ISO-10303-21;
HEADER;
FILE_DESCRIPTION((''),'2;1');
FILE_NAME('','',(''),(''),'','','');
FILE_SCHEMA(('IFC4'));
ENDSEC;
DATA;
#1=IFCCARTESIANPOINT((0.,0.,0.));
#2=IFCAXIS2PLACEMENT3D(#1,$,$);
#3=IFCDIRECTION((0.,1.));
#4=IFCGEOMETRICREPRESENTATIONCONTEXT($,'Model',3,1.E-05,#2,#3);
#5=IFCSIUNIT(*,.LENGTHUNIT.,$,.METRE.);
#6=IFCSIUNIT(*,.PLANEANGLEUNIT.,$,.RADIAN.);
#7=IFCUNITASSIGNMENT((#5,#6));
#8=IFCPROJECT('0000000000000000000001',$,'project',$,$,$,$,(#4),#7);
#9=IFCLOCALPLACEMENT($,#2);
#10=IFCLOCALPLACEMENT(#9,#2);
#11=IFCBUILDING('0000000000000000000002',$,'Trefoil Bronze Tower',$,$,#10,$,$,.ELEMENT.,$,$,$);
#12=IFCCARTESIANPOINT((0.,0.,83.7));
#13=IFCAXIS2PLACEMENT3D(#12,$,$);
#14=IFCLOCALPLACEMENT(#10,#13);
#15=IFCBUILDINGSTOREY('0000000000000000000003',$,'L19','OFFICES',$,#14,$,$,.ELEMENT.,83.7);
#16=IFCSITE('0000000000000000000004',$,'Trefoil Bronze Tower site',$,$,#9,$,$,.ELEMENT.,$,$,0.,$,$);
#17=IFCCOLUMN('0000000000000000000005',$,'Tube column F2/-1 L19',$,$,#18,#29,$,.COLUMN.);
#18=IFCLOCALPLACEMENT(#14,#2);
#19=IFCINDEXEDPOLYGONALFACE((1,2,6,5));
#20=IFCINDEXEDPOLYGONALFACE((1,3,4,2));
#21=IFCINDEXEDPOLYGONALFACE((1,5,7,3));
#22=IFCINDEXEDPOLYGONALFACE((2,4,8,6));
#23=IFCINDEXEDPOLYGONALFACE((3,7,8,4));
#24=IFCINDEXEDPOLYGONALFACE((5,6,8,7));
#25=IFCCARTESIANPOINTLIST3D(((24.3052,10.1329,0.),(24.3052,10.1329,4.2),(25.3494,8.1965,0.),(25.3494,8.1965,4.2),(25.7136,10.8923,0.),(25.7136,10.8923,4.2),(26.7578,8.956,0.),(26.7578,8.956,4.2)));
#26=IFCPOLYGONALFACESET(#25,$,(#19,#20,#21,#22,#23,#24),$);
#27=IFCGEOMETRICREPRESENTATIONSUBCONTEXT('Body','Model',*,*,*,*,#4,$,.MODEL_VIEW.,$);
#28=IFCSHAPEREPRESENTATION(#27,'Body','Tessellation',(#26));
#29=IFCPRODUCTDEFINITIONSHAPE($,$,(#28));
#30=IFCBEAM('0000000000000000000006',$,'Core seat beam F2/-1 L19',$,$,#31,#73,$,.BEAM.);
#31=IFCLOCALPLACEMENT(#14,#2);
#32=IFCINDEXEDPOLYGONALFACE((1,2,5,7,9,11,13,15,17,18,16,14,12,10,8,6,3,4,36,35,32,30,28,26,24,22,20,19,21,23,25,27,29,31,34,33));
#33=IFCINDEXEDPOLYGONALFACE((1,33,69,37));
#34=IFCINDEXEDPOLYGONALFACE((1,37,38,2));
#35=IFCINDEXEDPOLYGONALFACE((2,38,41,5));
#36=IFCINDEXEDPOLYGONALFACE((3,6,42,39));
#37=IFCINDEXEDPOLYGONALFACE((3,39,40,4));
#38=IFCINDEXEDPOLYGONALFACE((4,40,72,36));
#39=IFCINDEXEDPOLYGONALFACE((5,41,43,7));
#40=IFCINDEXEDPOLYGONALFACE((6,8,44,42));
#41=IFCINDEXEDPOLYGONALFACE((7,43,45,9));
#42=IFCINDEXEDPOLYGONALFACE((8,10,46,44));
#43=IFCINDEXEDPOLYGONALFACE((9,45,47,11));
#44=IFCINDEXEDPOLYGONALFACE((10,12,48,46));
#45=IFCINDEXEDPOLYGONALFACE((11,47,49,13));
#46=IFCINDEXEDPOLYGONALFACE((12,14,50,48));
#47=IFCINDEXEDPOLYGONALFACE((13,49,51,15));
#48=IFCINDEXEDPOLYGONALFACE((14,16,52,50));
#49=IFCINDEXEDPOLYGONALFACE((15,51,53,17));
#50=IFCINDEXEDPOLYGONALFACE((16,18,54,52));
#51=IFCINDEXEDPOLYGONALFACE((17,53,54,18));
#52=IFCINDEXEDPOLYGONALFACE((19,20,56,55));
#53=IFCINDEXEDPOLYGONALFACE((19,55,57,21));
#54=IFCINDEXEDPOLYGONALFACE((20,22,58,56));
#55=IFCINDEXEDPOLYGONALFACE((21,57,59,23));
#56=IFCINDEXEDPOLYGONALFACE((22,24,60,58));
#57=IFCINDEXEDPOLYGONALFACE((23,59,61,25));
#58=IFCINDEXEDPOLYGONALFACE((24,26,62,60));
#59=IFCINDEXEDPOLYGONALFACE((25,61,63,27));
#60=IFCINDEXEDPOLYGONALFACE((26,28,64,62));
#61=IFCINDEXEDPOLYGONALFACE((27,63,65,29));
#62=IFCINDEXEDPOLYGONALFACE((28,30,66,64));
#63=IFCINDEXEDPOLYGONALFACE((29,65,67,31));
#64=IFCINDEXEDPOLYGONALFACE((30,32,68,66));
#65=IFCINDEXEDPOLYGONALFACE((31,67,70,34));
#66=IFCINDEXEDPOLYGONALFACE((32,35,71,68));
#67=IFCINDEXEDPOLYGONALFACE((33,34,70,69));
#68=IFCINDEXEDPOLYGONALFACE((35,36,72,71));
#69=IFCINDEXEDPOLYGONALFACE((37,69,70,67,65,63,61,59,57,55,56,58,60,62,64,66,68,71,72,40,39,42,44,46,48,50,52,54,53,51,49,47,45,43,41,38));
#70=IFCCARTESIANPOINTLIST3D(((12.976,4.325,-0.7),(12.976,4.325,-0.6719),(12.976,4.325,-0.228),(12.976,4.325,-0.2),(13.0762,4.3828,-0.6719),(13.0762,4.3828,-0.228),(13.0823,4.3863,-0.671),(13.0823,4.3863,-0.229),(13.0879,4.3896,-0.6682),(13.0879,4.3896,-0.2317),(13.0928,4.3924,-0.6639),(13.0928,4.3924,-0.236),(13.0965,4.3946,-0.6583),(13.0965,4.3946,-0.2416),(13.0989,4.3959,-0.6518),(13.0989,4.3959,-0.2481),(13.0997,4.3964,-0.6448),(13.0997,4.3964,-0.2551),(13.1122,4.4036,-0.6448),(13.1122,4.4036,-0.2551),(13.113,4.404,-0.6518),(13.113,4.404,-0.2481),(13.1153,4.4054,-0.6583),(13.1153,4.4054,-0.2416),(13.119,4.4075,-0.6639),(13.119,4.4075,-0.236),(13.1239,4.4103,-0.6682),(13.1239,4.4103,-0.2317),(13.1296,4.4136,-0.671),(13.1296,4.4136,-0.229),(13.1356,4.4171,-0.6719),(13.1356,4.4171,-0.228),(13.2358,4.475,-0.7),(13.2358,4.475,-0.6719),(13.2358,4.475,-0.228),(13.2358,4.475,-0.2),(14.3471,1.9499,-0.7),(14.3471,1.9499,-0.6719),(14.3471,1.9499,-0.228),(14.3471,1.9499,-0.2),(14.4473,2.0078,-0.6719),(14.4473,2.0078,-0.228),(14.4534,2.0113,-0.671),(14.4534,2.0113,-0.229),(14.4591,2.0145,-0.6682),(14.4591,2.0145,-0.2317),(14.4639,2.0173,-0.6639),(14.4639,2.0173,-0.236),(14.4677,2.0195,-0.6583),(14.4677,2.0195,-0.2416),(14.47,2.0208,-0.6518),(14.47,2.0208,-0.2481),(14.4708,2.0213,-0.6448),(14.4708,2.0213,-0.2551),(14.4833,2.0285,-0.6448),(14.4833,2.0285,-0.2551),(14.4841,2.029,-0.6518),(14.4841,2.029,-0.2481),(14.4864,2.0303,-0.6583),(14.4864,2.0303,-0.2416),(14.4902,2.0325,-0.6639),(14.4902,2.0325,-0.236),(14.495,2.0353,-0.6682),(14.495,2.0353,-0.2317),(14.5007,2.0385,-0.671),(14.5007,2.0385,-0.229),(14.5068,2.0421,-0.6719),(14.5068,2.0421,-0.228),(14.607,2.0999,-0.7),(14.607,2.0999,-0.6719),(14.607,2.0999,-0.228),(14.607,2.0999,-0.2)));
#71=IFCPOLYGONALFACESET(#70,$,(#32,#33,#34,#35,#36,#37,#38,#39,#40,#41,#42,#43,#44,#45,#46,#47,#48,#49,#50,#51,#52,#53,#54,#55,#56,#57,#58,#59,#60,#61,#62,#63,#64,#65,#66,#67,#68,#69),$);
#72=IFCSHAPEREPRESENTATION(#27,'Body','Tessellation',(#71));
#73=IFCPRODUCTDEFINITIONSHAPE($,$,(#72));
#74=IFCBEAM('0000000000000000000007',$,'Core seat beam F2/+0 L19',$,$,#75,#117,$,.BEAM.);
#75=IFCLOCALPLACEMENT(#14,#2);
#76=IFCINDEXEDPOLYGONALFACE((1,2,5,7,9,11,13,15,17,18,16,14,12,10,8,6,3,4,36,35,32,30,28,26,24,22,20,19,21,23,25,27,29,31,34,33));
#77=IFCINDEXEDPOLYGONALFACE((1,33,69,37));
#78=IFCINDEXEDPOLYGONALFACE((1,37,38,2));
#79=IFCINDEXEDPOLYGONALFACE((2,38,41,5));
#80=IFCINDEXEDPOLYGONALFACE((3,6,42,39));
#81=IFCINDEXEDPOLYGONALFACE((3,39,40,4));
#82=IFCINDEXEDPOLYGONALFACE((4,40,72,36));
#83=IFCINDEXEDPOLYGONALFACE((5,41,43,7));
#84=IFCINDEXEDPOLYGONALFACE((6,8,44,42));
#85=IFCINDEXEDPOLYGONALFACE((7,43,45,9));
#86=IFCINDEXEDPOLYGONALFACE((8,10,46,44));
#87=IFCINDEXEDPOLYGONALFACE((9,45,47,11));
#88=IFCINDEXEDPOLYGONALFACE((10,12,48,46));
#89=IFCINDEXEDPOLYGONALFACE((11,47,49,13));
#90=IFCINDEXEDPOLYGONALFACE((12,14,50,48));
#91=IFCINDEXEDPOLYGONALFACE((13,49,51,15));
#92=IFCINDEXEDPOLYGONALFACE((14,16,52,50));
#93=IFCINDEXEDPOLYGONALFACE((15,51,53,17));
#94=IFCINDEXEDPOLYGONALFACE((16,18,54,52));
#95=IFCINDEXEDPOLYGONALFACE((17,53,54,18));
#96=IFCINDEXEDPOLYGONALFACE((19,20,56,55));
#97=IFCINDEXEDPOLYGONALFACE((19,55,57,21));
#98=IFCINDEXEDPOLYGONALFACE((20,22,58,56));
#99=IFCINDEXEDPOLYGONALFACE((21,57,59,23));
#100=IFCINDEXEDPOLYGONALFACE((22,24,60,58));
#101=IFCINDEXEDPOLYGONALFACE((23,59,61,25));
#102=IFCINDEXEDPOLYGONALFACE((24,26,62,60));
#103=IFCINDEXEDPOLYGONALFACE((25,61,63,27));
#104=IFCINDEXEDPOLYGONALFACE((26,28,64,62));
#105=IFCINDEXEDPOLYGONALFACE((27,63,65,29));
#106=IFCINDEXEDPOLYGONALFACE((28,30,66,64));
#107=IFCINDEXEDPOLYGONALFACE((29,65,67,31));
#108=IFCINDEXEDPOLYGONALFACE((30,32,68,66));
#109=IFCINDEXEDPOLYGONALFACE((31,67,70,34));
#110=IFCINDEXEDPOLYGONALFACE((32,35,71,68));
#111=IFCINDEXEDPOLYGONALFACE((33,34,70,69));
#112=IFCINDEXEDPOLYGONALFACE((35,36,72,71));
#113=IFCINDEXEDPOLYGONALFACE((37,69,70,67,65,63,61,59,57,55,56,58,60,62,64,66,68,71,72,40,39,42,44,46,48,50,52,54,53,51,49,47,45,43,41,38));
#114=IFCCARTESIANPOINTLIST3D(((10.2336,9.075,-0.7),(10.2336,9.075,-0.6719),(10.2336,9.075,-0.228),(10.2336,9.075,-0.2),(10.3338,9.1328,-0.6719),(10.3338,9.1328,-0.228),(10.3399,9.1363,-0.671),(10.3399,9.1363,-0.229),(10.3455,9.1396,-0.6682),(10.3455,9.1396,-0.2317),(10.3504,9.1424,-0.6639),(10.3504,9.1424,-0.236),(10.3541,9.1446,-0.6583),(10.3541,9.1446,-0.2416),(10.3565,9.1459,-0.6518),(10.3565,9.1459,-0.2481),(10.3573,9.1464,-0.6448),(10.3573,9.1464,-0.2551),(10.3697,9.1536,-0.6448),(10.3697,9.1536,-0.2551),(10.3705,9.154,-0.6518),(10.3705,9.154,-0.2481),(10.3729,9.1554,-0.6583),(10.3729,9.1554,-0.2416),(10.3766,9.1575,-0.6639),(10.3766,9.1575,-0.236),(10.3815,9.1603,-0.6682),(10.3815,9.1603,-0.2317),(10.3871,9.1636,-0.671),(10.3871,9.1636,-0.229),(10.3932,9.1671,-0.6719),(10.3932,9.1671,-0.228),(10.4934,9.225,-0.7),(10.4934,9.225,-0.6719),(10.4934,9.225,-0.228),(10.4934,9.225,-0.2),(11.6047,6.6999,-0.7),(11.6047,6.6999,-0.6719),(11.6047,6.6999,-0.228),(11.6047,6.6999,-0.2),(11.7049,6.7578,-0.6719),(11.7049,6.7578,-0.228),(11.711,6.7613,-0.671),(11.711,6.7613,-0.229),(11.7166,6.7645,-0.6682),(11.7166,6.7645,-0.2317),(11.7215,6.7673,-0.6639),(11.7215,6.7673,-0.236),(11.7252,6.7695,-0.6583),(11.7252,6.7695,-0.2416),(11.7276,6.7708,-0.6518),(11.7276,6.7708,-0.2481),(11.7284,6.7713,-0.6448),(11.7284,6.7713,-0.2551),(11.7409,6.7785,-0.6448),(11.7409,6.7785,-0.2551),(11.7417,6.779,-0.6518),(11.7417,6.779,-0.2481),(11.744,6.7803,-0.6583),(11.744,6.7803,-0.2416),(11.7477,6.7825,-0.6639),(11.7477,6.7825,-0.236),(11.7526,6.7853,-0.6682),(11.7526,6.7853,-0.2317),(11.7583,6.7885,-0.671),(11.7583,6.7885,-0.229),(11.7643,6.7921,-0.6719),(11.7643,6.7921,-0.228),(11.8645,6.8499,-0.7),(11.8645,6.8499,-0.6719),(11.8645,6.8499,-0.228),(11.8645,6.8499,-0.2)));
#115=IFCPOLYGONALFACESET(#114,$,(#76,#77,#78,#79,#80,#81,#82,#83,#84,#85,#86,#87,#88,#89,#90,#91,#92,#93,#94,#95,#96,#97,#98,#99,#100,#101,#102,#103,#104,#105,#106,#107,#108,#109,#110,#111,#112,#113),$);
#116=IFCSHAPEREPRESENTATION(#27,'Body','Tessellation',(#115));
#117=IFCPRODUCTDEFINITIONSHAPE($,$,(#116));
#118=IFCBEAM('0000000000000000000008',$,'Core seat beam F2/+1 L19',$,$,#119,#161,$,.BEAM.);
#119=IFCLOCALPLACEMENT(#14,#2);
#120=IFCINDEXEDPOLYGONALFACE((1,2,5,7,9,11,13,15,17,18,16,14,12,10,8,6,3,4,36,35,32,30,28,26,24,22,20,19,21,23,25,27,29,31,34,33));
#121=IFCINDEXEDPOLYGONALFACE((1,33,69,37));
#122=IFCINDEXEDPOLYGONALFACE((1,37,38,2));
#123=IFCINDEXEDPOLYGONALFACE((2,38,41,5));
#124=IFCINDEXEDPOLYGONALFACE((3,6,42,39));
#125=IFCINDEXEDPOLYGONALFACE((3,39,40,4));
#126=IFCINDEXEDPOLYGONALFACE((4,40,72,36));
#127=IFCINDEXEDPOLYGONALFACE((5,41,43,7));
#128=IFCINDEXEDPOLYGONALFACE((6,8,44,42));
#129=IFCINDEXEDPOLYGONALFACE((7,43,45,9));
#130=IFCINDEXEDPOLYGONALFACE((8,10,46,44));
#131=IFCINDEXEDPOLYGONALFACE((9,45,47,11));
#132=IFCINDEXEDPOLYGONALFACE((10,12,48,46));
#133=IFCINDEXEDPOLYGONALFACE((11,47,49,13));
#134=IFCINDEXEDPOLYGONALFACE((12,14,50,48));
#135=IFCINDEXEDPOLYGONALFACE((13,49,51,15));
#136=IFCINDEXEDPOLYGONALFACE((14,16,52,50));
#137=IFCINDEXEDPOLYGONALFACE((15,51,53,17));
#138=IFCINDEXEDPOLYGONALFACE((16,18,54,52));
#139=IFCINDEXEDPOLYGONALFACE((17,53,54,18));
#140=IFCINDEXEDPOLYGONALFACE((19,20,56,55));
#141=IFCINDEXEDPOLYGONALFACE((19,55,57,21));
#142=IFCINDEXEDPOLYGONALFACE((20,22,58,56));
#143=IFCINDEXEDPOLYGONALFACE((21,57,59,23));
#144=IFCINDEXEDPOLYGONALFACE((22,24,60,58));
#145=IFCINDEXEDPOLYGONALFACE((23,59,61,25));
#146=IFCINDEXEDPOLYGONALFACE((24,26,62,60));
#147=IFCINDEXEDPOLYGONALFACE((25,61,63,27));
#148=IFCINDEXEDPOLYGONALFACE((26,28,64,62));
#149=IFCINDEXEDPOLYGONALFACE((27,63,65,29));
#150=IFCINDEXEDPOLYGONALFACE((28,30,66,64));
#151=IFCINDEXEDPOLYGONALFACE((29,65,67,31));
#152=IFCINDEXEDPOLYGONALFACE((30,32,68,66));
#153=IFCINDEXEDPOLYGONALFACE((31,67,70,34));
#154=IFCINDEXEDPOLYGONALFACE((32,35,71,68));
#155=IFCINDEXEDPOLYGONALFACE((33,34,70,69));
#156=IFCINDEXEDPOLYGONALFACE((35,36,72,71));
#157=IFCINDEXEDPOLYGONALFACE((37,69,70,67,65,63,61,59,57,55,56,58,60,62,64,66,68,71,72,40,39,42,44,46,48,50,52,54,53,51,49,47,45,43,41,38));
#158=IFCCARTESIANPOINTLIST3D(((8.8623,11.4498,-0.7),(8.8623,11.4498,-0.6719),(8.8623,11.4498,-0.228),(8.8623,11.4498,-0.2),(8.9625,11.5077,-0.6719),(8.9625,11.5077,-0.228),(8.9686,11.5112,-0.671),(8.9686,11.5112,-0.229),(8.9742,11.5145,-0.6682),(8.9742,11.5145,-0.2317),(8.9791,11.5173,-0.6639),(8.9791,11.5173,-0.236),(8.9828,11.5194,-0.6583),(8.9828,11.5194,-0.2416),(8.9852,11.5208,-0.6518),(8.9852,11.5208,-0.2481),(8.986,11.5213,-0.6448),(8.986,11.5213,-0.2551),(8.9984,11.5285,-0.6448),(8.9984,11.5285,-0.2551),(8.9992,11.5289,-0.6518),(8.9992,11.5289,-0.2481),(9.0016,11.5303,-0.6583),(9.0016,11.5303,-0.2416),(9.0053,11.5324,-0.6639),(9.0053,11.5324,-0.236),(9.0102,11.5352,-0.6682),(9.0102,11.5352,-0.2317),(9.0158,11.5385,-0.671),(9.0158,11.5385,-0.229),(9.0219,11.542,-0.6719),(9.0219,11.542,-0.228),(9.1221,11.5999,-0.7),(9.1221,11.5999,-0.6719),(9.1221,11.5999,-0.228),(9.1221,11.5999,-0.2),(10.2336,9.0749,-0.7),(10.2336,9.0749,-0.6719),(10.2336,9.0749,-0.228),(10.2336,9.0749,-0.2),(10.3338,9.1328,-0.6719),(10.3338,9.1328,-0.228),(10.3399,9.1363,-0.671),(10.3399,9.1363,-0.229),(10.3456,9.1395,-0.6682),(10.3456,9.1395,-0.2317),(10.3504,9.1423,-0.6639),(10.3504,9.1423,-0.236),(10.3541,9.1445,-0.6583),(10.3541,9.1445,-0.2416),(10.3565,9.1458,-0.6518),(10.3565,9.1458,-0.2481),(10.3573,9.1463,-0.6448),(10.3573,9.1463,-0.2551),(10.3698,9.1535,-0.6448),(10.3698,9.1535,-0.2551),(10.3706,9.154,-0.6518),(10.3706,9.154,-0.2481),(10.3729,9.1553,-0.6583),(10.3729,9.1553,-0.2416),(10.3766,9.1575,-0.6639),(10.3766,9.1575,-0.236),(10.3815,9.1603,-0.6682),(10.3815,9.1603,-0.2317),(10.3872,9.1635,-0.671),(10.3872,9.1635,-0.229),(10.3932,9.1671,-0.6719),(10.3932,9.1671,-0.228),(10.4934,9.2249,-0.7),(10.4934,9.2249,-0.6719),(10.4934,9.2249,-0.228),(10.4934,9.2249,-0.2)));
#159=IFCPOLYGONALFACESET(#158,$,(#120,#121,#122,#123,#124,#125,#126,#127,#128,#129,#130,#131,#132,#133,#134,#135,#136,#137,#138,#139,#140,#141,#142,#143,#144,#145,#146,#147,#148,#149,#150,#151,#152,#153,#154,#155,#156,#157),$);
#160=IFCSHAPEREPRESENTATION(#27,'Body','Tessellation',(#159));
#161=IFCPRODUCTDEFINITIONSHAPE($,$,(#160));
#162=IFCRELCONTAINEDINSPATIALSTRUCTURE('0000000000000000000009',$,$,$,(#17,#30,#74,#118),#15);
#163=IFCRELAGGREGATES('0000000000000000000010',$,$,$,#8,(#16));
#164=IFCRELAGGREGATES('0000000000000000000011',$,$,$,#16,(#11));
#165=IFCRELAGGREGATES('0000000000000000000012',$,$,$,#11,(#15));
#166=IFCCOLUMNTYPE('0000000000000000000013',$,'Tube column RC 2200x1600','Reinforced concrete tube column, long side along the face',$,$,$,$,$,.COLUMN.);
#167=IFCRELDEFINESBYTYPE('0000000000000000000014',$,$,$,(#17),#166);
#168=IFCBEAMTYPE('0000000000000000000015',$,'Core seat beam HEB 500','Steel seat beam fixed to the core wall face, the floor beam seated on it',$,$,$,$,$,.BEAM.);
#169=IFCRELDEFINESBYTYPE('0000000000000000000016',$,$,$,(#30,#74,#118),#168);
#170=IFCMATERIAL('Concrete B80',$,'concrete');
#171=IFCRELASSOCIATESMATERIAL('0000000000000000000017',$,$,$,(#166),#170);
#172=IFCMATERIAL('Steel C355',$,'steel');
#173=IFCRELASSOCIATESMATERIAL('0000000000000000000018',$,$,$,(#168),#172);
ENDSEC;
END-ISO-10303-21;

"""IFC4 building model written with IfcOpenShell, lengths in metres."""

from ifc_helpers import new_model, si_unit, direction, frame, origin, origin_2d, place, context, subcontext, project, spatial, rectangle, i_section, extrude, material, material_profile, profile_set, type_object, element, save


model = new_model("IFC4")

# Units and contexts
model_context = context("Model", 3, precision=1e-05, world=origin(), true_north=direction((0.0, 1.0)))
body_context = subcontext(model_context, "Body", "Model", "MODEL_VIEW")
ifc_project = project(units=[si_unit("LENGTHUNIT", "METRE"), si_unit("PLANEANGLEUNIT", "RADIAN")], contexts=[model_context])

# Site, building, storey
site_placement = place(None, origin())
site = spatial("IfcSite", under=ifc_project, at=site_placement, Name="Trefoil Bronze Tower site", CompositionType="ELEMENT", RefElevation=0.0)
building_placement = place(site_placement, origin())
building = spatial("IfcBuilding", under=site, at=building_placement, Name="Trefoil Bronze Tower", CompositionType="ELEMENT")
storey_placement = place(building_placement, frame((0.0, 0.0, 83.7)))
storey = spatial("IfcBuildingStorey", under=building, at=storey_placement, Name="L19", Description="OFFICES", CompositionType="ELEMENT", Elevation=83.7)

# Column
ifc_material_1 = material(Name="Concrete B80", Category="concrete")
ifc_material_profile_1 = material_profile(ifc_material_1, rectangle(XDim=2.2, YDim=1.6001, at=origin_2d()), Name="RC 2200x1600")
ifc_profile_set_1 = profile_set([ifc_material_profile_1], Name="Concrete B80")
column_type = type_object("IfcColumnType", Name="Tube column RC 2200x1600", Description="Reinforced concrete tube column, long side along the face", PredefinedType="COLUMN", material=ifc_profile_set_1)
column_placement = place(storey_placement, frame((25.5315, 9.5444, 0.0), z_axis=(0.0, 0.0, 1.0), x_axis=(-0.474656, 0.880171, 0.0)))
element("IfcColumn", 1, at=column_placement, inside=storey, type_object=column_type, Name="Tube column F2/-1 L19", PredefinedType="COLUMN", context=body_context, shape_type="SweptSolid", body=[
    extrude(rectangle(XDim=2.2, YDim=1.6001, at=origin_2d()), origin(), (0.0, 0.0, 1.0), 4.2),
])

# Beams
ifc_material_2 = material(Name="Steel C355", Category="steel")
ifc_material_profile_2 = material_profile(ifc_material_2, i_section(OverallWidth=0.3, OverallDepth=0.5, WebThickness=0.0144, FlangeThickness=0.0281, FilletRadius=0.0271, at=origin_2d()), Name="HEB 500")
ifc_profile_set_2 = profile_set([ifc_material_profile_2], Name="Steel C355")
beam_type_1 = type_object("IfcBeamType", Name="Core seat beam HEB 500", Description="Steel seat beam fixed to the core wall face, the floor beam seated on it", PredefinedType="BEAM", material=ifc_profile_set_2)
for number, where, z_axis, x_axis, name in (
    (2, (14.4771, 2.0249, -0.45), (-0.499969, 0.866043, 0.0), (-0.866043, -0.499969, 0.0), "Core seat beam F2/-1 L19"),
    (3, (11.7346, 6.7749, -0.45), (-0.499969, 0.866043, 0.0), (-0.866043, -0.499969, 0.0), "Core seat beam F2/+0 L19"),
    (4, (10.3635, 9.1499, -0.45), (-0.500036, 0.866005, 0.0), (-0.866005, -0.500036, 0.0), "Core seat beam F2/+1 L19"),
):
    element("IfcBeam", number, at=place(storey_placement, frame(where, z_axis=z_axis, x_axis=x_axis)), inside=storey, type_object=beam_type_1, Name=name, PredefinedType="BEAM", context=body_context, shape_type="SweptSolid", body=[
        extrude(i_section(OverallWidth=0.3, OverallDepth=0.5, WebThickness=0.0144, FlangeThickness=0.0281, FilletRadius=0.0271, at=origin_2d()), origin(), (0.0, 0.0, 1.0), 2.7424),
    ])

save(model, "model.ifc")
